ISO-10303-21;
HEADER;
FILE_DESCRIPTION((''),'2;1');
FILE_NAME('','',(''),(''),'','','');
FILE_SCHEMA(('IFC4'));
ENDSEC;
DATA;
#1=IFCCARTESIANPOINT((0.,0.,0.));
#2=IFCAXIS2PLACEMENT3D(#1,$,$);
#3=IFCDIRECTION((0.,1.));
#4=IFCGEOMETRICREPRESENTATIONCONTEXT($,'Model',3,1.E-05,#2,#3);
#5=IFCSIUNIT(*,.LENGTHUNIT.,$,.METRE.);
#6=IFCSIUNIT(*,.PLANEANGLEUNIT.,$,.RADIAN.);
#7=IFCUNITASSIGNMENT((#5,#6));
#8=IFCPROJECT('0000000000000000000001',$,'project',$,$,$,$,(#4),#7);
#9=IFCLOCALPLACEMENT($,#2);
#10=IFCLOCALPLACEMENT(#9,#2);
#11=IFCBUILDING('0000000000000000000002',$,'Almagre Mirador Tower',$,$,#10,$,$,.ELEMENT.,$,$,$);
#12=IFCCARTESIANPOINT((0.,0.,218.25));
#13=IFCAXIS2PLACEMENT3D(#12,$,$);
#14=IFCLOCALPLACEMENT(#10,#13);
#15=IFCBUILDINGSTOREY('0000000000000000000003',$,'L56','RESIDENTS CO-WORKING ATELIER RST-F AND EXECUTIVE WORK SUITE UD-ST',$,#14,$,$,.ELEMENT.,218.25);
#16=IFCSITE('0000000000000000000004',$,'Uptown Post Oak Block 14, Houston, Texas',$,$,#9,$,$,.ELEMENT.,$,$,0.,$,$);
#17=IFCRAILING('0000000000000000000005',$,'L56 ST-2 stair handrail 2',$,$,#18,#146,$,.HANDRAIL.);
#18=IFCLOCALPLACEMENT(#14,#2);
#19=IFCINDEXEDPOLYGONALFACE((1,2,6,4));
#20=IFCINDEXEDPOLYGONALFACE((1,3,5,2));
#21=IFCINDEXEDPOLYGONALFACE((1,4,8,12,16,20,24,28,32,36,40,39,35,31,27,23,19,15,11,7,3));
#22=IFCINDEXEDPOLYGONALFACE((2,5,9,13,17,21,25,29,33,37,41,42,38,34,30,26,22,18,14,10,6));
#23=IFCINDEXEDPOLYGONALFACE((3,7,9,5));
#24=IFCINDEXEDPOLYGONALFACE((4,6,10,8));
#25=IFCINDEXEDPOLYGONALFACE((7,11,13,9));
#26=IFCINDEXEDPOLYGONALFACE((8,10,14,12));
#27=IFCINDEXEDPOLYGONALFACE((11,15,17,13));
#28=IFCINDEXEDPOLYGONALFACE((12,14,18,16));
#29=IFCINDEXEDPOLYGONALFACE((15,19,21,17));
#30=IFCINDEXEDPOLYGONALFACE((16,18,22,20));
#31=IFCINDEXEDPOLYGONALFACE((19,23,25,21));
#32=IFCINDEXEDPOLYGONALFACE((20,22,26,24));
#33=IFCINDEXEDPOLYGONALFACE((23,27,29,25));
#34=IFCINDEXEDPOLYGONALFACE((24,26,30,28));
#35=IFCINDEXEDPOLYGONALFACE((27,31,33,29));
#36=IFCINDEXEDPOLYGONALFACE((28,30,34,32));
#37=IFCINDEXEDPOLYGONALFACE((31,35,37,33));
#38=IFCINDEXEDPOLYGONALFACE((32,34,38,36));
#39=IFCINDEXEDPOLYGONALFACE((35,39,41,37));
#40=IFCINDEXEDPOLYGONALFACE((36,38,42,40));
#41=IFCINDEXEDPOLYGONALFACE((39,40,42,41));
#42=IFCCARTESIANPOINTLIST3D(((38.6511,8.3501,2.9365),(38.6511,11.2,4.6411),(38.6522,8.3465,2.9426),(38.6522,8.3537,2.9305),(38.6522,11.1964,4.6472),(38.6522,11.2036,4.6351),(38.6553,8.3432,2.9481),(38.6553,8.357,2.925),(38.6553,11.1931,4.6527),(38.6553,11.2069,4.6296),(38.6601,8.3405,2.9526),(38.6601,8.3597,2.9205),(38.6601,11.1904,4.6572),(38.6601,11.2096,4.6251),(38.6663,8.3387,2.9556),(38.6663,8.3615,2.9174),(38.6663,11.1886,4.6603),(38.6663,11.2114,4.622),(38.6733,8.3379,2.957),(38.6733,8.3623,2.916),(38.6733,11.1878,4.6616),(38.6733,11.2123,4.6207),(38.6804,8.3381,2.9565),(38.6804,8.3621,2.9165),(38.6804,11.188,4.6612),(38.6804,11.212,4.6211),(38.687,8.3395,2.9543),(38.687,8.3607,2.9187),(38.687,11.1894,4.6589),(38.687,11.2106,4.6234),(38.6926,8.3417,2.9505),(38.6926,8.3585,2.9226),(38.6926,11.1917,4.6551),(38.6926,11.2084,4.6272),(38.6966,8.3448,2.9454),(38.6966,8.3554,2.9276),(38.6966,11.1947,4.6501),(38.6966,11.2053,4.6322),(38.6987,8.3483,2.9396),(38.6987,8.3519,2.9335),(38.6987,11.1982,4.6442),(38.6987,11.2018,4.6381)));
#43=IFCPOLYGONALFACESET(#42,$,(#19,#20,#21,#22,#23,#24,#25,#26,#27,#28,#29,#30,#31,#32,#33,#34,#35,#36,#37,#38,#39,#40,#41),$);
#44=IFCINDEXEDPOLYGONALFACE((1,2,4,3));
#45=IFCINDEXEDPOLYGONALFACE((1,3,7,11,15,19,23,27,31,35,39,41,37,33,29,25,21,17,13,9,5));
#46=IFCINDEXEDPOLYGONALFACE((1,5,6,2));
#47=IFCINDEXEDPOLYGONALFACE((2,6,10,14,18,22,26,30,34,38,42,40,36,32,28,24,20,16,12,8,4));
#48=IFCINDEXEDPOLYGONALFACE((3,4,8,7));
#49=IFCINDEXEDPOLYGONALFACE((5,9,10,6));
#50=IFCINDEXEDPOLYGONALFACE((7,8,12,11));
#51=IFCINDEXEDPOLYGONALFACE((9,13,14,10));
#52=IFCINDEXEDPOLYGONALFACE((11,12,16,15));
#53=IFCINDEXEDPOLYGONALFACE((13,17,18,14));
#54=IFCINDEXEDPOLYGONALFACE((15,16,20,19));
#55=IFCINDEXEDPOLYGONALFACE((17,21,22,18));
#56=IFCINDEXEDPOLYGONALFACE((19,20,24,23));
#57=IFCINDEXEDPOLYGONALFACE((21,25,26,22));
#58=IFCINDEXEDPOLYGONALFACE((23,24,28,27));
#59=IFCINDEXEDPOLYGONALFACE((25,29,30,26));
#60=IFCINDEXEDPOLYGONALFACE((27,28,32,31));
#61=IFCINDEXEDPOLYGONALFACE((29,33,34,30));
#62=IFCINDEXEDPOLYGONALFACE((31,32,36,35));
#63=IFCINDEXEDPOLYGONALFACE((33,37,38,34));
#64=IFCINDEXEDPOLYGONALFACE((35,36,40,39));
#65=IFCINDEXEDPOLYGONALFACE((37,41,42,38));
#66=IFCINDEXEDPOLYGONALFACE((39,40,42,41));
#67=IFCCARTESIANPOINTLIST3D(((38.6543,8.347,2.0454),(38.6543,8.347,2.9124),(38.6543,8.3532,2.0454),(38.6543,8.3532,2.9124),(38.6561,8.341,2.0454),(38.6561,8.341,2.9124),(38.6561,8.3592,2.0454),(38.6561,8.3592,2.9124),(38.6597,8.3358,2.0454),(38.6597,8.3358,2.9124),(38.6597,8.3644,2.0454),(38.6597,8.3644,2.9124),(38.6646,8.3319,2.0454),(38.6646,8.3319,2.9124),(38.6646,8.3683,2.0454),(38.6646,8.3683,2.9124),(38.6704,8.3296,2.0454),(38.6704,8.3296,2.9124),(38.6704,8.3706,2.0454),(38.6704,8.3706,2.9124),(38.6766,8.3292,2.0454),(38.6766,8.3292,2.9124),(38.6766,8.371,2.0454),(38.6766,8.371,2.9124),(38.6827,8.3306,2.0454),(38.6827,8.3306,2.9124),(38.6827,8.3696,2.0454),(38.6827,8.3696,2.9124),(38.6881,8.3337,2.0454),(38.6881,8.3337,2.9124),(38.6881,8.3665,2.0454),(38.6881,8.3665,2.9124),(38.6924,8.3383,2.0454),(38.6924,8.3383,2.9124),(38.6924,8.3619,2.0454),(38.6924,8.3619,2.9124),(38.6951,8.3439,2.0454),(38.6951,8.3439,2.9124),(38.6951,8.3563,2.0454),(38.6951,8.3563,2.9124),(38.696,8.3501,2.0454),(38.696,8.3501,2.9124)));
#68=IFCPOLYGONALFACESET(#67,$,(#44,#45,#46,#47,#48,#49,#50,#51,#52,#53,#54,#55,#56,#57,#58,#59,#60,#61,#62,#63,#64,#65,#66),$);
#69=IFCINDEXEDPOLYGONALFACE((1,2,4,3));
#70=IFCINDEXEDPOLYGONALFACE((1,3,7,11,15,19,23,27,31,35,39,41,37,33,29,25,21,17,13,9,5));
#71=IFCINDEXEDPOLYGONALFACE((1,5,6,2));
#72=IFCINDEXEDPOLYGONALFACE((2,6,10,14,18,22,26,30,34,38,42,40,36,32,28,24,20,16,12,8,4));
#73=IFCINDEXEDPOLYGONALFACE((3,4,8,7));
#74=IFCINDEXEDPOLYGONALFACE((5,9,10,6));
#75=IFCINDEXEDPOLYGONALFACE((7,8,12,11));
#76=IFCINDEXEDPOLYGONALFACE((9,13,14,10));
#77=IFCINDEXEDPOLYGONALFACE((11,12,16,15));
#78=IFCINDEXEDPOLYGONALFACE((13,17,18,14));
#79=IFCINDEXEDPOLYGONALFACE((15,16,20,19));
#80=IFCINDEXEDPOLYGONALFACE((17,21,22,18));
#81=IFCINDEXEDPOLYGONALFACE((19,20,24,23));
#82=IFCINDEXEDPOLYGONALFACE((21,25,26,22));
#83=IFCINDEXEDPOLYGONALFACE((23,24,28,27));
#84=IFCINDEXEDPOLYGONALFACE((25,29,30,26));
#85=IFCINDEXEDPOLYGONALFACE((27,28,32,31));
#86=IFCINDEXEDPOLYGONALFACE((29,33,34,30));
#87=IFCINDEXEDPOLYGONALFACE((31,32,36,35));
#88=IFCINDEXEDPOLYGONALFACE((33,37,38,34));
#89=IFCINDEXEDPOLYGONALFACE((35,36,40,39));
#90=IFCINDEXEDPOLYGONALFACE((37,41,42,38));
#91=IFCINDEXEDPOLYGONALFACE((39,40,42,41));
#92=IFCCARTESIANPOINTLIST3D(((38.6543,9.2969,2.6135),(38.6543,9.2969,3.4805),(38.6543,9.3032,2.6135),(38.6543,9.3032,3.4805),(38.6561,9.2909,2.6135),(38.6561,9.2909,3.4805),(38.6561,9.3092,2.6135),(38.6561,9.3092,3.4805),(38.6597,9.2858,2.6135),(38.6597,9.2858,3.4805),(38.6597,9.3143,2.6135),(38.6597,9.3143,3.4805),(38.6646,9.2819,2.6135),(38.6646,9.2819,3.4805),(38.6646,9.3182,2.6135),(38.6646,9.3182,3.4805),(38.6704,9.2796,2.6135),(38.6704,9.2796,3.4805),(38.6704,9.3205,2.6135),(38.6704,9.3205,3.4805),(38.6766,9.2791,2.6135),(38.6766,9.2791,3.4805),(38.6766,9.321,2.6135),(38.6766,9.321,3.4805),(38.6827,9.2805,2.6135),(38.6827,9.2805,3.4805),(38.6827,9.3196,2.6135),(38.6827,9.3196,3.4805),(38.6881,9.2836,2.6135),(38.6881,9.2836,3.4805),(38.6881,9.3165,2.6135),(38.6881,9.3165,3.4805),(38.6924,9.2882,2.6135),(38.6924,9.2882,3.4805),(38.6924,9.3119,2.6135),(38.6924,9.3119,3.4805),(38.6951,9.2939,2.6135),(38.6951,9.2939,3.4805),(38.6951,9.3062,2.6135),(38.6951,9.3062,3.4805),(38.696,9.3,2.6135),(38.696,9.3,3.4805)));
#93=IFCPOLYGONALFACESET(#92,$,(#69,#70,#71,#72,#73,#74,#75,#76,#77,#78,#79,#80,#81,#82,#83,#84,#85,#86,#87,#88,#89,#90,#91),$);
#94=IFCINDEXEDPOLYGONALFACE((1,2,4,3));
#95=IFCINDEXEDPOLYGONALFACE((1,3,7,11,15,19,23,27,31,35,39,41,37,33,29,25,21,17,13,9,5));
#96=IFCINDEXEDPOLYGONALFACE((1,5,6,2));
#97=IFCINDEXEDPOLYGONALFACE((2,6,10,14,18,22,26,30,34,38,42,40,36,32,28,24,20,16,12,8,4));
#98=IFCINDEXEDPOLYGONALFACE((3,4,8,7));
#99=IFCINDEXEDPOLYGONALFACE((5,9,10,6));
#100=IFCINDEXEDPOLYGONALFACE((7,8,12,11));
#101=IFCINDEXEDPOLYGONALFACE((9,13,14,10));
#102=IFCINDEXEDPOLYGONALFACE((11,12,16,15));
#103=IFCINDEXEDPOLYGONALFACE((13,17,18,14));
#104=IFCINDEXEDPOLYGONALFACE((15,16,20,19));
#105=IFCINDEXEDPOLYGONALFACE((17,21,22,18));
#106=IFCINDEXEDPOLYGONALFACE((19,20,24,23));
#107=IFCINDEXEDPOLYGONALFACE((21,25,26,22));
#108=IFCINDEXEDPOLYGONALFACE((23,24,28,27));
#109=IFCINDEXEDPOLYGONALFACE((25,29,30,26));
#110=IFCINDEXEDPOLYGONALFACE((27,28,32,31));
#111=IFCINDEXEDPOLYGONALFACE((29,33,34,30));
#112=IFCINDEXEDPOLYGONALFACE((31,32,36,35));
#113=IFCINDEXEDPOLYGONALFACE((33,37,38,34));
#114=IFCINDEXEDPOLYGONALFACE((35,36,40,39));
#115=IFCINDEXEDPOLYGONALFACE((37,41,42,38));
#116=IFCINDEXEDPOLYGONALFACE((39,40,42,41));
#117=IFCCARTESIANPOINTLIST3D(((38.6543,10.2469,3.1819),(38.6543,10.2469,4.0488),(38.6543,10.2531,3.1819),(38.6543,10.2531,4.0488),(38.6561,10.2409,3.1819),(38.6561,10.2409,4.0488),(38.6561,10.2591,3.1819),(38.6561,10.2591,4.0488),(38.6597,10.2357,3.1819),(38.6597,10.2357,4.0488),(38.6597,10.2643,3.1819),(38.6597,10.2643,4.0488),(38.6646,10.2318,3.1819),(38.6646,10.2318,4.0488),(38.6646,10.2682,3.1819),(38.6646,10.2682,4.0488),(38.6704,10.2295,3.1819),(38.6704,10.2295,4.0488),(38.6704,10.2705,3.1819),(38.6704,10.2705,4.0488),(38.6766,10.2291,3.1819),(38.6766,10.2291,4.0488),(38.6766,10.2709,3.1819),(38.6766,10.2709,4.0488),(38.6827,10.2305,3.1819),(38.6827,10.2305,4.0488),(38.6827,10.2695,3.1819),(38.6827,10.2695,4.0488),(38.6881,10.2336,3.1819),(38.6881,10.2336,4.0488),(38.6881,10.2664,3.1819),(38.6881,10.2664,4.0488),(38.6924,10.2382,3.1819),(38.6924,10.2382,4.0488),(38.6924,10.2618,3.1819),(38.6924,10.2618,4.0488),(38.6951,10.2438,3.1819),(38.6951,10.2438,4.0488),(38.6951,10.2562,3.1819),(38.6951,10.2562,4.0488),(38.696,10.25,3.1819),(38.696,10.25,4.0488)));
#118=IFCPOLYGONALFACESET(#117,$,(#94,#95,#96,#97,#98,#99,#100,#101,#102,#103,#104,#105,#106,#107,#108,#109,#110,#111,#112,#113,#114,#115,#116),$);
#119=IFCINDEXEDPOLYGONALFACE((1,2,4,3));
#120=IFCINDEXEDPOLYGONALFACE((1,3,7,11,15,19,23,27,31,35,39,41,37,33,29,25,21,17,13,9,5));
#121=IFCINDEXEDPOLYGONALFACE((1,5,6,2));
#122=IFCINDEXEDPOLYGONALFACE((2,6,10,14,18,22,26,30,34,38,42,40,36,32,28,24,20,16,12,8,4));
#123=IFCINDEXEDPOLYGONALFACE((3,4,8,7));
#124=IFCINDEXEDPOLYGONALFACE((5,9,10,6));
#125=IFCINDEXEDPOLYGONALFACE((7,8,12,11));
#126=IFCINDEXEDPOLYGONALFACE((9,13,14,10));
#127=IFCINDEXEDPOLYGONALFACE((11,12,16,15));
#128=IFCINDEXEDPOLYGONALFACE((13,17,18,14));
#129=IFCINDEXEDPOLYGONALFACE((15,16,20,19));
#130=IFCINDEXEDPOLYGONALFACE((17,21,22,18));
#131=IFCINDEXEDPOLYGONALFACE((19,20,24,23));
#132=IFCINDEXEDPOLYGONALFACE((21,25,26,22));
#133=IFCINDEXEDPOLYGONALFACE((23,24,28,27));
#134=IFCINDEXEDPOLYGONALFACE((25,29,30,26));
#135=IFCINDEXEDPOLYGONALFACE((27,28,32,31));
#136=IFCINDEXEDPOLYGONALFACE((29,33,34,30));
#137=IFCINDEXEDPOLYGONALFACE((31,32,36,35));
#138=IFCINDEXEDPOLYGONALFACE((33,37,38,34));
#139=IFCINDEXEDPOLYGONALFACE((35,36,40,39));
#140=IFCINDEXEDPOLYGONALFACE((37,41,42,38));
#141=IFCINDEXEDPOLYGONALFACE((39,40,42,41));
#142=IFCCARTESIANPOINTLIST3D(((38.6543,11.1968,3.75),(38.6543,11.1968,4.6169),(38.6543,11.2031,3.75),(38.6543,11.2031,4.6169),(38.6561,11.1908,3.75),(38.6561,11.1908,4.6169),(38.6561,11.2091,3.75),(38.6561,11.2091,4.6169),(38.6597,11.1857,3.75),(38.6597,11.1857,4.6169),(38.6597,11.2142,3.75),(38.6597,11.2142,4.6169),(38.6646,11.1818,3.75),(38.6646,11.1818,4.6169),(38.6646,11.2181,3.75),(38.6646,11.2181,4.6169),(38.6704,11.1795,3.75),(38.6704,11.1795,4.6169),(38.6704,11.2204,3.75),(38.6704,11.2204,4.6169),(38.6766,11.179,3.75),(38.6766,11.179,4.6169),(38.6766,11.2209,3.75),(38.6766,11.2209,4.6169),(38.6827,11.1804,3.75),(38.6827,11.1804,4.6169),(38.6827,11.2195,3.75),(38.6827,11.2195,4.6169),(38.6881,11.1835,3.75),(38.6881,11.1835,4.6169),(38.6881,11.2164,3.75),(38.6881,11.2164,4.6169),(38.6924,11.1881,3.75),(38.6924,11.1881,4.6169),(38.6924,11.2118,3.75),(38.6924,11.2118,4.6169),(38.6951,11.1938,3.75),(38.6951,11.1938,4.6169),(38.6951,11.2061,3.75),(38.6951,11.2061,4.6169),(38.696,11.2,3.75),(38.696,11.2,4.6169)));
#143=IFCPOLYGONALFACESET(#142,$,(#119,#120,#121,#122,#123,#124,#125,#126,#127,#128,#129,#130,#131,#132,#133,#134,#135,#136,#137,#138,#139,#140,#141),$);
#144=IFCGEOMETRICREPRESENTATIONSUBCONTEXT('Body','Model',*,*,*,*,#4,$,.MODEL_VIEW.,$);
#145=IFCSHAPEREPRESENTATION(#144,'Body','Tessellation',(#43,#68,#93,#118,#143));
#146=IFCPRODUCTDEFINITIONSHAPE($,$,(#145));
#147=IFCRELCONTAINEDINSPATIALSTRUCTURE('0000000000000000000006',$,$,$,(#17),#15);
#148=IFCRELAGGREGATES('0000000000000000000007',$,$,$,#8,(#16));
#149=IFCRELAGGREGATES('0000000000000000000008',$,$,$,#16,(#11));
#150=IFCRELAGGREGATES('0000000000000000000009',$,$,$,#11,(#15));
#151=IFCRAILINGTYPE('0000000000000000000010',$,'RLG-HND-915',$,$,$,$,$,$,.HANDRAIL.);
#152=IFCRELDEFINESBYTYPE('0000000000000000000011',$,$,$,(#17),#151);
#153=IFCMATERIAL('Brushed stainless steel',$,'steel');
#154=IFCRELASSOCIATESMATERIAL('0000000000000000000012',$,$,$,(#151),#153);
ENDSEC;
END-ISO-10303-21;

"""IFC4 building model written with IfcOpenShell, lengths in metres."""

from ifc_helpers import new_model, si_unit, direction, frame, origin, origin_2d, place, context, subcontext, project, spatial, circle, extrude, material, type_object, element, save


model = new_model("IFC4")

# Units and contexts
model_context = context("Model", 3, precision=1e-05, world=origin(), true_north=direction((0.0, 1.0)))
body_context = subcontext(model_context, "Body", "Model", "MODEL_VIEW")
ifc_project = project(units=[si_unit("LENGTHUNIT", "METRE"), si_unit("PLANEANGLEUNIT", "RADIAN")], contexts=[model_context])

# Site, building, storey
site_placement = place(None, origin())
site = spatial("IfcSite", under=ifc_project, at=site_placement, Name="Uptown Post Oak Block 14, Houston, Texas", CompositionType="ELEMENT", RefElevation=0.0)
building_placement = place(site_placement, origin())
building = spatial("IfcBuilding", under=site, at=building_placement, Name="Almagre Mirador Tower", CompositionType="ELEMENT")
storey_placement = place(building_placement, frame((0.0, 0.0, 218.25)))
storey = spatial("IfcBuildingStorey", under=building, at=storey_placement, Name="L56", Description="RESIDENTS CO-WORKING ATELIER RST-F AND EXECUTIVE WORK SUITE UD-ST", CompositionType="ELEMENT", Elevation=218.25)

# Railing
ifc_material_1 = material(Name="Brushed stainless steel", Category="steel")
railing_type_1 = type_object("IfcRailingType", Name="RLG-HND-915", PredefinedType="HANDRAIL", material=ifc_material_1)
railing_1_placement = place(storey_placement, frame((38.675, 8.3501, 2.0454)))
element("IfcRailing", 1, at=railing_1_placement, inside=storey, type_object=railing_type_1, Name="L56 ST-2 stair handrail 2", PredefinedType="HANDRAIL", context=body_context, shape_type="SweptSolid", body=[
    extrude(circle(Radius=0.0239, at=origin_2d()), frame((0.0, 0.0, 0.8911), z_axis=(0.0, 0.858199, 0.513317), x_axis=(-1.0, 0.0, 0.0)), (0.0, 0.0, 1.0), 3.3208),
    extrude(circle(Radius=0.021, at=origin_2d()), origin(), (0.0, 0.0, 1.0), 0.8669),
    extrude(circle(Radius=0.021, at=origin_2d()), frame((0.0, 0.95, 0.5681)), (0.0, 0.0, 1.0), 0.8669),
    extrude(circle(Radius=0.021, at=origin_2d()), frame((0.0, 1.8999, 1.1365)), (0.0, 0.0, 1.0), 0.8669),
    extrude(circle(Radius=0.021, at=origin_2d()), frame((0.0, 2.8499, 1.7046)), (0.0, 0.0, 1.0), 0.8669),
])

save(model, "model.ifc")
